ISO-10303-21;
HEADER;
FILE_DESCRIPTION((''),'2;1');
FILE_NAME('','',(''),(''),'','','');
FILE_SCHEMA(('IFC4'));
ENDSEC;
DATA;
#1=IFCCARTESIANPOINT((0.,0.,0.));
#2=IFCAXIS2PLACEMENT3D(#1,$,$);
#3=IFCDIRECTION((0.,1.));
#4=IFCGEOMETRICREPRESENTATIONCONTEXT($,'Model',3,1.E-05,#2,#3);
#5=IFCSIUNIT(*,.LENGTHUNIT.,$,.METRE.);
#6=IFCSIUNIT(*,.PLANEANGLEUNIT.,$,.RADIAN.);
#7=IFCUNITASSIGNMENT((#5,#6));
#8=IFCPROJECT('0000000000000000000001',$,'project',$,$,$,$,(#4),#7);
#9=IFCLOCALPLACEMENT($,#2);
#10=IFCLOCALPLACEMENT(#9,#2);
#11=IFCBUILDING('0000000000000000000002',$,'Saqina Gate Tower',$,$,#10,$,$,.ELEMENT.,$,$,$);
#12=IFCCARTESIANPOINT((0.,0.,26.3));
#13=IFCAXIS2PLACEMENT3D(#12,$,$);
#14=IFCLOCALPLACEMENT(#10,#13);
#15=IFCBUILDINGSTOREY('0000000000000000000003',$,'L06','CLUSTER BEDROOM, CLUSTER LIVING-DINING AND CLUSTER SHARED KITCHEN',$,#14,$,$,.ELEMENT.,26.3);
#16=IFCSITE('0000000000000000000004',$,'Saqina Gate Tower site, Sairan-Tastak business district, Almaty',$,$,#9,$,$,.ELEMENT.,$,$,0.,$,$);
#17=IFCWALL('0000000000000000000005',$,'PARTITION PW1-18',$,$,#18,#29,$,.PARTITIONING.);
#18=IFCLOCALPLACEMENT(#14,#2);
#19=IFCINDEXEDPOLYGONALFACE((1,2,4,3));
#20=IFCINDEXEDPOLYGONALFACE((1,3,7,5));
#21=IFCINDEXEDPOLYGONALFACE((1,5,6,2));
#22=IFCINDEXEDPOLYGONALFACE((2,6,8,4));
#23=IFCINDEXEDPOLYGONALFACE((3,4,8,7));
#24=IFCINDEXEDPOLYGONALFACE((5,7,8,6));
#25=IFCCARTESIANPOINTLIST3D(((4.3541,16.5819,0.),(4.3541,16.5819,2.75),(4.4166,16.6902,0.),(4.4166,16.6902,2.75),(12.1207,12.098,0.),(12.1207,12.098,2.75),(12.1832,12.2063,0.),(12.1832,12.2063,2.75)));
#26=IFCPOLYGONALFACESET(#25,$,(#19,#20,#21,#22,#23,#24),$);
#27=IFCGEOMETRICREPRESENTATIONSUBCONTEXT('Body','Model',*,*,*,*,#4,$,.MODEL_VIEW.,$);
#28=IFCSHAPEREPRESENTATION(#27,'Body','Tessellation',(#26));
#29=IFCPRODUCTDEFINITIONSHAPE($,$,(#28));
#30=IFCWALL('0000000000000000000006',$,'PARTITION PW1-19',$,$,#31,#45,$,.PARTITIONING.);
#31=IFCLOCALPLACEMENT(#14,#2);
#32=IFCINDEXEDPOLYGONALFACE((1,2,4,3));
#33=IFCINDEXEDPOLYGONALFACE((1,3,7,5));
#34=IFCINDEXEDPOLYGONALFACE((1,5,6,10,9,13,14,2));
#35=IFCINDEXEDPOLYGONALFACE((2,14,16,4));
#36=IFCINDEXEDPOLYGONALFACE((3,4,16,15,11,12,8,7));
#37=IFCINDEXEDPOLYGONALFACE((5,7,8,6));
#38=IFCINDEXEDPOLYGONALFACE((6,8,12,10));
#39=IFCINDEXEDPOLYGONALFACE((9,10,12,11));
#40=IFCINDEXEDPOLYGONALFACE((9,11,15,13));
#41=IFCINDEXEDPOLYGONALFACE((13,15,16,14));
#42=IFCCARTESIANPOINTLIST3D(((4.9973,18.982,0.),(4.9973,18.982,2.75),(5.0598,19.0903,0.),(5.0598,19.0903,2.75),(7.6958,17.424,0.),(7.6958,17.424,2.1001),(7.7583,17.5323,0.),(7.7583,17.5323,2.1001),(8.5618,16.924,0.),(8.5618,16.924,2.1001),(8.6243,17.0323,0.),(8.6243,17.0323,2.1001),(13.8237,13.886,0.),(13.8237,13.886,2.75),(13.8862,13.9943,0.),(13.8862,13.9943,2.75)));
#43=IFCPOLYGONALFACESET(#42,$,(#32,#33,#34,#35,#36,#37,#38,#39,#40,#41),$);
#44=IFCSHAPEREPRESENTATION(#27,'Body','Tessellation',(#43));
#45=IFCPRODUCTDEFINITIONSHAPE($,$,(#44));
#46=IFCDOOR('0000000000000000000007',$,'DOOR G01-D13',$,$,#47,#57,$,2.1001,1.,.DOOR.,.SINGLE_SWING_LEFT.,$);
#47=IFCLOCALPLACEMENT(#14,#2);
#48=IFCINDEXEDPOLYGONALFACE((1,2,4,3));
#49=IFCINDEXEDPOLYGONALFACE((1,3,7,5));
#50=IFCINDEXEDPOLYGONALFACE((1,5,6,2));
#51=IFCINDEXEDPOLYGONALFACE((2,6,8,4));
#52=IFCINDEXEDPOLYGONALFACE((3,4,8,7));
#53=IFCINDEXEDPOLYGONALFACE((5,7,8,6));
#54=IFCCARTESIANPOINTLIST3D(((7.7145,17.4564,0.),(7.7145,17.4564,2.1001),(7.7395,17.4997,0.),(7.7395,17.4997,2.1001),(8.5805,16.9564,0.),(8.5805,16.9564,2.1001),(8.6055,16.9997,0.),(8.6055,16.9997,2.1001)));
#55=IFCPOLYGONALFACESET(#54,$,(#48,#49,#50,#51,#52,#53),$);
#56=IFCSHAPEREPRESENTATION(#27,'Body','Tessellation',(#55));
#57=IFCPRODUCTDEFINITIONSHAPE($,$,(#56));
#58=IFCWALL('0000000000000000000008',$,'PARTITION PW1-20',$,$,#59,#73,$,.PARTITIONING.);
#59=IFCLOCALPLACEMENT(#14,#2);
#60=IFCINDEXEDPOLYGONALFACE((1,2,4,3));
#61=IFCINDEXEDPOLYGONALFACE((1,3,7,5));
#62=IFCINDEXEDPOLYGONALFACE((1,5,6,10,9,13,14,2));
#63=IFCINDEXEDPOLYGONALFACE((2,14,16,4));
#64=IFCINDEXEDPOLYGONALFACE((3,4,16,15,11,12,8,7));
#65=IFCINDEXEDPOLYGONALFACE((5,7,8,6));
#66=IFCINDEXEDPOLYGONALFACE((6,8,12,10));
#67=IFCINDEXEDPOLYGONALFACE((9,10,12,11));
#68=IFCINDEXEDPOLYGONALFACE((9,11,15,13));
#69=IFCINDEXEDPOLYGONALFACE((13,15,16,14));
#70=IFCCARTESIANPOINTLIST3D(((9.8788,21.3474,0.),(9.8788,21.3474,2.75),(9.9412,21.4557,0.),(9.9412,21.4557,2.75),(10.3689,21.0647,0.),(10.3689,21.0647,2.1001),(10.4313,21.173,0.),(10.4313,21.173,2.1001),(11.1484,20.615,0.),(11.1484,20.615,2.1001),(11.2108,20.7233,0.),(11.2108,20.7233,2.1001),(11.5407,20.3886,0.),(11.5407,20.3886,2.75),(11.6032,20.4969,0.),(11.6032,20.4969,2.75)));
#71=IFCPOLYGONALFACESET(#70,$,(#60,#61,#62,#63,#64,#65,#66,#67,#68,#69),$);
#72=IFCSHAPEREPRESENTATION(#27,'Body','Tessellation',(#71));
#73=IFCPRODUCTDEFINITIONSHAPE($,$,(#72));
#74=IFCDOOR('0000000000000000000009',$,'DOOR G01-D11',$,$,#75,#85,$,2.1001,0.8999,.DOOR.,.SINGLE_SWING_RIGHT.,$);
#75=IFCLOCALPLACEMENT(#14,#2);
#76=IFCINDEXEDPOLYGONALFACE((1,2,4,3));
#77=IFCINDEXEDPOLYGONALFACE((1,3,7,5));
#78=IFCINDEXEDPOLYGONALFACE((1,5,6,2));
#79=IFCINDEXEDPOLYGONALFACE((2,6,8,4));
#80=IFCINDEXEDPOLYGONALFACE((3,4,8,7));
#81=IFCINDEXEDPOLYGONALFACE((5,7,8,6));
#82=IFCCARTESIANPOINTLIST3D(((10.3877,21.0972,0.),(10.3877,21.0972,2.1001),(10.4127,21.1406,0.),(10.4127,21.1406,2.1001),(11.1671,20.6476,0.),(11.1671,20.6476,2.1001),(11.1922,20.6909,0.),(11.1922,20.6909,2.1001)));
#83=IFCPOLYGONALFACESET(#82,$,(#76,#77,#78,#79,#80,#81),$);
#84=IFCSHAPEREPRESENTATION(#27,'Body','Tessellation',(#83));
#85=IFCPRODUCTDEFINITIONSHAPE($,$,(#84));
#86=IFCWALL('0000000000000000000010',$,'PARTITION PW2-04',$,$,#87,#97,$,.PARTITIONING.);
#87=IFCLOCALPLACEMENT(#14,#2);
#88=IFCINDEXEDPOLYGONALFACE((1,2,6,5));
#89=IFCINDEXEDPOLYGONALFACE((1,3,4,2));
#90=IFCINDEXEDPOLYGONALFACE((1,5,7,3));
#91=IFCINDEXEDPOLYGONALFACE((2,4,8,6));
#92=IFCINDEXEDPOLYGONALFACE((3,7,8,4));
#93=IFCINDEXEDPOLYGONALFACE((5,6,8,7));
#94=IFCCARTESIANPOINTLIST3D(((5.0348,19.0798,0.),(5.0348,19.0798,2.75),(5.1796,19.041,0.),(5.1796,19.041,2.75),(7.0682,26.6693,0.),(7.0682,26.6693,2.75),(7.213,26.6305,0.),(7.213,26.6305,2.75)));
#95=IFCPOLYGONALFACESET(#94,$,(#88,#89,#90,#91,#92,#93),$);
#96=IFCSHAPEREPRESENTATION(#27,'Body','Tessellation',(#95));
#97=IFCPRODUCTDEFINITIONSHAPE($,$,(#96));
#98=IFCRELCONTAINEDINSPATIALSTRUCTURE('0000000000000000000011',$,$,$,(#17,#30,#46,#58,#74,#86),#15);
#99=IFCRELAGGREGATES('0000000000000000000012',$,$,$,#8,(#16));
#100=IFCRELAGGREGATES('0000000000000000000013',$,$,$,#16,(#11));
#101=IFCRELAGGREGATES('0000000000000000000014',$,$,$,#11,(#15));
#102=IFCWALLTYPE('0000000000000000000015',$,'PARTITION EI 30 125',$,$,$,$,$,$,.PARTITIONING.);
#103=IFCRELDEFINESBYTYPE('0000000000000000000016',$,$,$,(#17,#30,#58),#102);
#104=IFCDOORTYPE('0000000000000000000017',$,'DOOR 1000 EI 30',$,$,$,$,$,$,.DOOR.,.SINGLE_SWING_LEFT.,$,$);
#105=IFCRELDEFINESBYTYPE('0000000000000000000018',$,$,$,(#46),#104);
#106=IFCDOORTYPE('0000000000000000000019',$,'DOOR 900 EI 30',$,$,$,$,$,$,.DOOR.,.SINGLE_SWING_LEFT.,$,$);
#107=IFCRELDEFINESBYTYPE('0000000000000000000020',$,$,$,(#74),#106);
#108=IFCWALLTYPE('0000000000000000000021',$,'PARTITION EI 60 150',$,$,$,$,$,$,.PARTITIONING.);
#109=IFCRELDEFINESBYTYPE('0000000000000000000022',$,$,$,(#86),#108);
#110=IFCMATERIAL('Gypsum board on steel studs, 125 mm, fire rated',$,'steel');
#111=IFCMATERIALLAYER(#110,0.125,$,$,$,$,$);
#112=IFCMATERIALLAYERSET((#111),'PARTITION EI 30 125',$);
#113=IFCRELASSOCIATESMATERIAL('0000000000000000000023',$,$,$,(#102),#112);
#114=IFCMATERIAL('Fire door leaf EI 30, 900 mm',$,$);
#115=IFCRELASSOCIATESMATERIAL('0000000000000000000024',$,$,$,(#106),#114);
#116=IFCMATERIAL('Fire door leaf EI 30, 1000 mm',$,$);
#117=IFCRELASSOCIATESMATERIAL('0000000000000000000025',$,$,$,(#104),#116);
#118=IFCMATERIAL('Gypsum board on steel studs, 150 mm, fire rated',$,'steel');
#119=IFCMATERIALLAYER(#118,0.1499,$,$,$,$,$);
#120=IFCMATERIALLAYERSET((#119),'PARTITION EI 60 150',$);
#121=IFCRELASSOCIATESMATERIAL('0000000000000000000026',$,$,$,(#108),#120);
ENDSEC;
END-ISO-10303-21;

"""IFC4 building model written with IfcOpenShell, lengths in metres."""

from ifc_helpers import new_model, si_unit, direction, frame, frame_2d, origin, place, context, subcontext, project, spatial, rectangle, extrude, material, layer, layer_set, type_object, element, fill, save


model = new_model("IFC4")

# Units and contexts
model_context = context("Model", 3, precision=1e-05, world=origin(), true_north=direction((0.0, 1.0)))
body_context = subcontext(model_context, "Body", "Model", "MODEL_VIEW")
ifc_project = project(units=[si_unit("LENGTHUNIT", "METRE"), si_unit("PLANEANGLEUNIT", "RADIAN")], contexts=[model_context])

# Site, building, storey
site_placement = place(None, origin())
site = spatial("IfcSite", under=ifc_project, at=site_placement, Name="Saqina Gate Tower site, Sairan-Tastak business district, Almaty", CompositionType="ELEMENT", RefElevation=0.0)
building_placement = place(site_placement, origin())
building = spatial("IfcBuilding", under=site, at=building_placement, Name="Saqina Gate Tower", CompositionType="ELEMENT")
storey_placement = place(building_placement, frame((0.0, 0.0, 26.3)))
storey = spatial("IfcBuildingStorey", under=building, at=storey_placement, Name="L06", Description="CLUSTER BEDROOM, CLUSTER LIVING-DINING AND CLUSTER SHARED KITCHEN", CompositionType="ELEMENT", Elevation=26.3)

# Shared definitions
ifc_material_1 = material(Name="Gypsum board on steel studs, 125 mm, fire rated", Category="steel")
ifc_layer_1 = layer(ifc_material_1, 0.125)
ifc_layer_set_1 = layer_set([ifc_layer_1], Name="PARTITION EI 30 125")
wall_type_1 = type_object("IfcWallType", Name="PARTITION EI 30 125", PredefinedType="PARTITIONING", material=ifc_layer_set_1)
ifc_material_2 = material(Name="Fire door leaf EI 30, 900 mm")
door_type_1 = type_object("IfcDoorType", Name="DOOR 900 EI 30", OperationType="SINGLE_SWING_LEFT", PredefinedType="DOOR", material=ifc_material_2)

# Wall
wall_1_placement = place(storey_placement, frame((4.3855, 16.636, 0.0), z_axis=(0.0, 0.0, 1.0), x_axis=(0.866033, -0.499986, 0.0)))
element("IfcWall", 1, at=wall_1_placement, inside=storey, type_object=wall_type_1, Name="PARTITION PW1-18", PredefinedType="PARTITIONING", context=body_context, shape_type="SweptSolid", body=[
    extrude(rectangle(XDim=8.968, YDim=0.125, at=frame_2d((4.4839, 0.0))), origin(), (0.0, 0.0, 1.0), 2.75),
])

# Walls, openings, doors
wall_2_placement = place(storey_placement, frame((5.0286, 19.0361, 0.0), z_axis=(0.0, 0.0, 1.0), x_axis=(0.866025, -0.500001, 0.0)))
wall_2 = element("IfcWall", 2, at=wall_2_placement, inside=storey, type_object=wall_type_1, Name="PARTITION PW1-19", PredefinedType="PARTITIONING", context=body_context, shape_type="SweptSolid", body=[
    extrude(rectangle(XDim=10.1919, YDim=0.125, at=frame_2d((5.0959, 0.0))), origin(), (0.0, 0.0, 1.0), 2.75),
])
opening_1_placement = place(wall_2_placement, frame((3.116, 0.0, 0.0)))
opening_1 = element("IfcOpeningElement", 3, at=opening_1_placement, cuts=wall_2, PredefinedType="OPENING", context=body_context, shape_type="SweptSolid", body=[
    extrude(rectangle(XDim=1.0, YDim=2.1001, at=frame_2d((0.5, 1.05))), frame((0.0, 0.0745, 0.0), z_axis=(0.0, -1.0, 0.0), x_axis=(1.0, 0.0, 0.0)), (0.0, 0.0, 1.0), 0.1489),
])
ifc_material_3 = material(Name="Fire door leaf EI 30, 1000 mm")
door_type_2 = type_object("IfcDoorType", Name="DOOR 1000 EI 30", OperationType="SINGLE_SWING_LEFT", PredefinedType="DOOR", material=ifc_material_3)
door_1_placement = place(opening_1_placement, origin())
door_1 = element("IfcDoor", 4, at=door_1_placement, inside=storey, type_object=door_type_2, Name="DOOR G01-D13", OperationType="SINGLE_SWING_LEFT", OverallHeight=2.1001, OverallWidth=1.0, PredefinedType="DOOR", context=body_context, shape_type="SweptSolid", body=[
    extrude(rectangle(XDim=1.0, YDim=2.1001, at=frame_2d((0.5, 1.05))), frame((0.0, 0.0249, 0.0), z_axis=(0.0, -1.0, 0.0), x_axis=(1.0, 0.0, 0.0)), (0.0, 0.0, 1.0), 0.05),
])
fill(opening_1, door_1)
wall_3_placement = place(storey_placement, frame((9.9099, 21.4016, 0.0), z_axis=(0.0, 0.0, 1.0), x_axis=(0.866192, -0.499711, 0.0)))
wall_3 = element("IfcWall", 5, at=wall_3_placement, inside=storey, type_object=wall_type_1, Name="PARTITION PW1-20", PredefinedType="PARTITIONING", context=body_context, shape_type="SweptSolid", body=[
    extrude(rectangle(XDim=1.9187, YDim=0.125, at=frame_2d((0.9595, 0.0))), origin(), (0.0, 0.0, 1.0), 2.75),
])
opening_2_placement = place(wall_3_placement, frame((0.5659, 0.0, 0.0)))
opening_2 = element("IfcOpeningElement", 6, at=opening_2_placement, cuts=wall_3, PredefinedType="OPENING", context=body_context, shape_type="SweptSolid", body=[
    extrude(rectangle(XDim=0.8999, YDim=2.1001, at=frame_2d((0.45, 1.05))), frame((0.0, 0.0745, 0.0), z_axis=(0.0, -1.0, 0.0), x_axis=(1.0, 0.0, 0.0)), (0.0, 0.0, 1.0), 0.1489),
])
door_2_placement = place(opening_2_placement, frame((0.8999, 0.0, 0.0), z_axis=(0.0, 0.0, 1.0), x_axis=(-1.0, 0.0, 0.0)))
door_2 = element("IfcDoor", 7, at=door_2_placement, inside=storey, type_object=door_type_1, Name="DOOR G01-D11", OperationType="SINGLE_SWING_RIGHT", OverallHeight=2.1001, OverallWidth=0.8999, PredefinedType="DOOR", context=body_context, shape_type="SweptSolid", body=[
    extrude(rectangle(XDim=0.8999, YDim=2.1001, at=frame_2d((0.45, 1.05))), frame((0.0, 0.0249, 0.0), z_axis=(0.0, -1.0, 0.0), x_axis=(1.0, 0.0, 0.0)), (0.0, 0.0, 1.0), 0.05),
])
fill(opening_2, door_2)

# Wall
ifc_material_4 = material(Name="Gypsum board on steel studs, 150 mm, fire rated", Category="steel")
ifc_layer_2 = layer(ifc_material_4, 0.1499)
ifc_layer_set_2 = layer_set([ifc_layer_2], Name="PARTITION EI 60 150")
wall_type_2 = type_object("IfcWallType", Name="PARTITION EI 60 150", PredefinedType="PARTITIONING", material=ifc_layer_set_2)
wall_4_placement = place(storey_placement, frame((5.1072, 19.0603, 0.0), z_axis=(0.0, 0.0, 1.0), x_axis=(0.258798, 0.965932, 0.0)))
element("IfcWall", 8, at=wall_4_placement, inside=storey, type_object=wall_type_2, Name="PARTITION PW2-04", PredefinedType="PARTITIONING", context=body_context, shape_type="SweptSolid", body=[
    extrude(rectangle(XDim=7.8572, YDim=0.1499, at=frame_2d((3.9287, 0.0))), origin(), (0.0, 0.0, 1.0), 2.75),
])

save(model, "model.ifc")
